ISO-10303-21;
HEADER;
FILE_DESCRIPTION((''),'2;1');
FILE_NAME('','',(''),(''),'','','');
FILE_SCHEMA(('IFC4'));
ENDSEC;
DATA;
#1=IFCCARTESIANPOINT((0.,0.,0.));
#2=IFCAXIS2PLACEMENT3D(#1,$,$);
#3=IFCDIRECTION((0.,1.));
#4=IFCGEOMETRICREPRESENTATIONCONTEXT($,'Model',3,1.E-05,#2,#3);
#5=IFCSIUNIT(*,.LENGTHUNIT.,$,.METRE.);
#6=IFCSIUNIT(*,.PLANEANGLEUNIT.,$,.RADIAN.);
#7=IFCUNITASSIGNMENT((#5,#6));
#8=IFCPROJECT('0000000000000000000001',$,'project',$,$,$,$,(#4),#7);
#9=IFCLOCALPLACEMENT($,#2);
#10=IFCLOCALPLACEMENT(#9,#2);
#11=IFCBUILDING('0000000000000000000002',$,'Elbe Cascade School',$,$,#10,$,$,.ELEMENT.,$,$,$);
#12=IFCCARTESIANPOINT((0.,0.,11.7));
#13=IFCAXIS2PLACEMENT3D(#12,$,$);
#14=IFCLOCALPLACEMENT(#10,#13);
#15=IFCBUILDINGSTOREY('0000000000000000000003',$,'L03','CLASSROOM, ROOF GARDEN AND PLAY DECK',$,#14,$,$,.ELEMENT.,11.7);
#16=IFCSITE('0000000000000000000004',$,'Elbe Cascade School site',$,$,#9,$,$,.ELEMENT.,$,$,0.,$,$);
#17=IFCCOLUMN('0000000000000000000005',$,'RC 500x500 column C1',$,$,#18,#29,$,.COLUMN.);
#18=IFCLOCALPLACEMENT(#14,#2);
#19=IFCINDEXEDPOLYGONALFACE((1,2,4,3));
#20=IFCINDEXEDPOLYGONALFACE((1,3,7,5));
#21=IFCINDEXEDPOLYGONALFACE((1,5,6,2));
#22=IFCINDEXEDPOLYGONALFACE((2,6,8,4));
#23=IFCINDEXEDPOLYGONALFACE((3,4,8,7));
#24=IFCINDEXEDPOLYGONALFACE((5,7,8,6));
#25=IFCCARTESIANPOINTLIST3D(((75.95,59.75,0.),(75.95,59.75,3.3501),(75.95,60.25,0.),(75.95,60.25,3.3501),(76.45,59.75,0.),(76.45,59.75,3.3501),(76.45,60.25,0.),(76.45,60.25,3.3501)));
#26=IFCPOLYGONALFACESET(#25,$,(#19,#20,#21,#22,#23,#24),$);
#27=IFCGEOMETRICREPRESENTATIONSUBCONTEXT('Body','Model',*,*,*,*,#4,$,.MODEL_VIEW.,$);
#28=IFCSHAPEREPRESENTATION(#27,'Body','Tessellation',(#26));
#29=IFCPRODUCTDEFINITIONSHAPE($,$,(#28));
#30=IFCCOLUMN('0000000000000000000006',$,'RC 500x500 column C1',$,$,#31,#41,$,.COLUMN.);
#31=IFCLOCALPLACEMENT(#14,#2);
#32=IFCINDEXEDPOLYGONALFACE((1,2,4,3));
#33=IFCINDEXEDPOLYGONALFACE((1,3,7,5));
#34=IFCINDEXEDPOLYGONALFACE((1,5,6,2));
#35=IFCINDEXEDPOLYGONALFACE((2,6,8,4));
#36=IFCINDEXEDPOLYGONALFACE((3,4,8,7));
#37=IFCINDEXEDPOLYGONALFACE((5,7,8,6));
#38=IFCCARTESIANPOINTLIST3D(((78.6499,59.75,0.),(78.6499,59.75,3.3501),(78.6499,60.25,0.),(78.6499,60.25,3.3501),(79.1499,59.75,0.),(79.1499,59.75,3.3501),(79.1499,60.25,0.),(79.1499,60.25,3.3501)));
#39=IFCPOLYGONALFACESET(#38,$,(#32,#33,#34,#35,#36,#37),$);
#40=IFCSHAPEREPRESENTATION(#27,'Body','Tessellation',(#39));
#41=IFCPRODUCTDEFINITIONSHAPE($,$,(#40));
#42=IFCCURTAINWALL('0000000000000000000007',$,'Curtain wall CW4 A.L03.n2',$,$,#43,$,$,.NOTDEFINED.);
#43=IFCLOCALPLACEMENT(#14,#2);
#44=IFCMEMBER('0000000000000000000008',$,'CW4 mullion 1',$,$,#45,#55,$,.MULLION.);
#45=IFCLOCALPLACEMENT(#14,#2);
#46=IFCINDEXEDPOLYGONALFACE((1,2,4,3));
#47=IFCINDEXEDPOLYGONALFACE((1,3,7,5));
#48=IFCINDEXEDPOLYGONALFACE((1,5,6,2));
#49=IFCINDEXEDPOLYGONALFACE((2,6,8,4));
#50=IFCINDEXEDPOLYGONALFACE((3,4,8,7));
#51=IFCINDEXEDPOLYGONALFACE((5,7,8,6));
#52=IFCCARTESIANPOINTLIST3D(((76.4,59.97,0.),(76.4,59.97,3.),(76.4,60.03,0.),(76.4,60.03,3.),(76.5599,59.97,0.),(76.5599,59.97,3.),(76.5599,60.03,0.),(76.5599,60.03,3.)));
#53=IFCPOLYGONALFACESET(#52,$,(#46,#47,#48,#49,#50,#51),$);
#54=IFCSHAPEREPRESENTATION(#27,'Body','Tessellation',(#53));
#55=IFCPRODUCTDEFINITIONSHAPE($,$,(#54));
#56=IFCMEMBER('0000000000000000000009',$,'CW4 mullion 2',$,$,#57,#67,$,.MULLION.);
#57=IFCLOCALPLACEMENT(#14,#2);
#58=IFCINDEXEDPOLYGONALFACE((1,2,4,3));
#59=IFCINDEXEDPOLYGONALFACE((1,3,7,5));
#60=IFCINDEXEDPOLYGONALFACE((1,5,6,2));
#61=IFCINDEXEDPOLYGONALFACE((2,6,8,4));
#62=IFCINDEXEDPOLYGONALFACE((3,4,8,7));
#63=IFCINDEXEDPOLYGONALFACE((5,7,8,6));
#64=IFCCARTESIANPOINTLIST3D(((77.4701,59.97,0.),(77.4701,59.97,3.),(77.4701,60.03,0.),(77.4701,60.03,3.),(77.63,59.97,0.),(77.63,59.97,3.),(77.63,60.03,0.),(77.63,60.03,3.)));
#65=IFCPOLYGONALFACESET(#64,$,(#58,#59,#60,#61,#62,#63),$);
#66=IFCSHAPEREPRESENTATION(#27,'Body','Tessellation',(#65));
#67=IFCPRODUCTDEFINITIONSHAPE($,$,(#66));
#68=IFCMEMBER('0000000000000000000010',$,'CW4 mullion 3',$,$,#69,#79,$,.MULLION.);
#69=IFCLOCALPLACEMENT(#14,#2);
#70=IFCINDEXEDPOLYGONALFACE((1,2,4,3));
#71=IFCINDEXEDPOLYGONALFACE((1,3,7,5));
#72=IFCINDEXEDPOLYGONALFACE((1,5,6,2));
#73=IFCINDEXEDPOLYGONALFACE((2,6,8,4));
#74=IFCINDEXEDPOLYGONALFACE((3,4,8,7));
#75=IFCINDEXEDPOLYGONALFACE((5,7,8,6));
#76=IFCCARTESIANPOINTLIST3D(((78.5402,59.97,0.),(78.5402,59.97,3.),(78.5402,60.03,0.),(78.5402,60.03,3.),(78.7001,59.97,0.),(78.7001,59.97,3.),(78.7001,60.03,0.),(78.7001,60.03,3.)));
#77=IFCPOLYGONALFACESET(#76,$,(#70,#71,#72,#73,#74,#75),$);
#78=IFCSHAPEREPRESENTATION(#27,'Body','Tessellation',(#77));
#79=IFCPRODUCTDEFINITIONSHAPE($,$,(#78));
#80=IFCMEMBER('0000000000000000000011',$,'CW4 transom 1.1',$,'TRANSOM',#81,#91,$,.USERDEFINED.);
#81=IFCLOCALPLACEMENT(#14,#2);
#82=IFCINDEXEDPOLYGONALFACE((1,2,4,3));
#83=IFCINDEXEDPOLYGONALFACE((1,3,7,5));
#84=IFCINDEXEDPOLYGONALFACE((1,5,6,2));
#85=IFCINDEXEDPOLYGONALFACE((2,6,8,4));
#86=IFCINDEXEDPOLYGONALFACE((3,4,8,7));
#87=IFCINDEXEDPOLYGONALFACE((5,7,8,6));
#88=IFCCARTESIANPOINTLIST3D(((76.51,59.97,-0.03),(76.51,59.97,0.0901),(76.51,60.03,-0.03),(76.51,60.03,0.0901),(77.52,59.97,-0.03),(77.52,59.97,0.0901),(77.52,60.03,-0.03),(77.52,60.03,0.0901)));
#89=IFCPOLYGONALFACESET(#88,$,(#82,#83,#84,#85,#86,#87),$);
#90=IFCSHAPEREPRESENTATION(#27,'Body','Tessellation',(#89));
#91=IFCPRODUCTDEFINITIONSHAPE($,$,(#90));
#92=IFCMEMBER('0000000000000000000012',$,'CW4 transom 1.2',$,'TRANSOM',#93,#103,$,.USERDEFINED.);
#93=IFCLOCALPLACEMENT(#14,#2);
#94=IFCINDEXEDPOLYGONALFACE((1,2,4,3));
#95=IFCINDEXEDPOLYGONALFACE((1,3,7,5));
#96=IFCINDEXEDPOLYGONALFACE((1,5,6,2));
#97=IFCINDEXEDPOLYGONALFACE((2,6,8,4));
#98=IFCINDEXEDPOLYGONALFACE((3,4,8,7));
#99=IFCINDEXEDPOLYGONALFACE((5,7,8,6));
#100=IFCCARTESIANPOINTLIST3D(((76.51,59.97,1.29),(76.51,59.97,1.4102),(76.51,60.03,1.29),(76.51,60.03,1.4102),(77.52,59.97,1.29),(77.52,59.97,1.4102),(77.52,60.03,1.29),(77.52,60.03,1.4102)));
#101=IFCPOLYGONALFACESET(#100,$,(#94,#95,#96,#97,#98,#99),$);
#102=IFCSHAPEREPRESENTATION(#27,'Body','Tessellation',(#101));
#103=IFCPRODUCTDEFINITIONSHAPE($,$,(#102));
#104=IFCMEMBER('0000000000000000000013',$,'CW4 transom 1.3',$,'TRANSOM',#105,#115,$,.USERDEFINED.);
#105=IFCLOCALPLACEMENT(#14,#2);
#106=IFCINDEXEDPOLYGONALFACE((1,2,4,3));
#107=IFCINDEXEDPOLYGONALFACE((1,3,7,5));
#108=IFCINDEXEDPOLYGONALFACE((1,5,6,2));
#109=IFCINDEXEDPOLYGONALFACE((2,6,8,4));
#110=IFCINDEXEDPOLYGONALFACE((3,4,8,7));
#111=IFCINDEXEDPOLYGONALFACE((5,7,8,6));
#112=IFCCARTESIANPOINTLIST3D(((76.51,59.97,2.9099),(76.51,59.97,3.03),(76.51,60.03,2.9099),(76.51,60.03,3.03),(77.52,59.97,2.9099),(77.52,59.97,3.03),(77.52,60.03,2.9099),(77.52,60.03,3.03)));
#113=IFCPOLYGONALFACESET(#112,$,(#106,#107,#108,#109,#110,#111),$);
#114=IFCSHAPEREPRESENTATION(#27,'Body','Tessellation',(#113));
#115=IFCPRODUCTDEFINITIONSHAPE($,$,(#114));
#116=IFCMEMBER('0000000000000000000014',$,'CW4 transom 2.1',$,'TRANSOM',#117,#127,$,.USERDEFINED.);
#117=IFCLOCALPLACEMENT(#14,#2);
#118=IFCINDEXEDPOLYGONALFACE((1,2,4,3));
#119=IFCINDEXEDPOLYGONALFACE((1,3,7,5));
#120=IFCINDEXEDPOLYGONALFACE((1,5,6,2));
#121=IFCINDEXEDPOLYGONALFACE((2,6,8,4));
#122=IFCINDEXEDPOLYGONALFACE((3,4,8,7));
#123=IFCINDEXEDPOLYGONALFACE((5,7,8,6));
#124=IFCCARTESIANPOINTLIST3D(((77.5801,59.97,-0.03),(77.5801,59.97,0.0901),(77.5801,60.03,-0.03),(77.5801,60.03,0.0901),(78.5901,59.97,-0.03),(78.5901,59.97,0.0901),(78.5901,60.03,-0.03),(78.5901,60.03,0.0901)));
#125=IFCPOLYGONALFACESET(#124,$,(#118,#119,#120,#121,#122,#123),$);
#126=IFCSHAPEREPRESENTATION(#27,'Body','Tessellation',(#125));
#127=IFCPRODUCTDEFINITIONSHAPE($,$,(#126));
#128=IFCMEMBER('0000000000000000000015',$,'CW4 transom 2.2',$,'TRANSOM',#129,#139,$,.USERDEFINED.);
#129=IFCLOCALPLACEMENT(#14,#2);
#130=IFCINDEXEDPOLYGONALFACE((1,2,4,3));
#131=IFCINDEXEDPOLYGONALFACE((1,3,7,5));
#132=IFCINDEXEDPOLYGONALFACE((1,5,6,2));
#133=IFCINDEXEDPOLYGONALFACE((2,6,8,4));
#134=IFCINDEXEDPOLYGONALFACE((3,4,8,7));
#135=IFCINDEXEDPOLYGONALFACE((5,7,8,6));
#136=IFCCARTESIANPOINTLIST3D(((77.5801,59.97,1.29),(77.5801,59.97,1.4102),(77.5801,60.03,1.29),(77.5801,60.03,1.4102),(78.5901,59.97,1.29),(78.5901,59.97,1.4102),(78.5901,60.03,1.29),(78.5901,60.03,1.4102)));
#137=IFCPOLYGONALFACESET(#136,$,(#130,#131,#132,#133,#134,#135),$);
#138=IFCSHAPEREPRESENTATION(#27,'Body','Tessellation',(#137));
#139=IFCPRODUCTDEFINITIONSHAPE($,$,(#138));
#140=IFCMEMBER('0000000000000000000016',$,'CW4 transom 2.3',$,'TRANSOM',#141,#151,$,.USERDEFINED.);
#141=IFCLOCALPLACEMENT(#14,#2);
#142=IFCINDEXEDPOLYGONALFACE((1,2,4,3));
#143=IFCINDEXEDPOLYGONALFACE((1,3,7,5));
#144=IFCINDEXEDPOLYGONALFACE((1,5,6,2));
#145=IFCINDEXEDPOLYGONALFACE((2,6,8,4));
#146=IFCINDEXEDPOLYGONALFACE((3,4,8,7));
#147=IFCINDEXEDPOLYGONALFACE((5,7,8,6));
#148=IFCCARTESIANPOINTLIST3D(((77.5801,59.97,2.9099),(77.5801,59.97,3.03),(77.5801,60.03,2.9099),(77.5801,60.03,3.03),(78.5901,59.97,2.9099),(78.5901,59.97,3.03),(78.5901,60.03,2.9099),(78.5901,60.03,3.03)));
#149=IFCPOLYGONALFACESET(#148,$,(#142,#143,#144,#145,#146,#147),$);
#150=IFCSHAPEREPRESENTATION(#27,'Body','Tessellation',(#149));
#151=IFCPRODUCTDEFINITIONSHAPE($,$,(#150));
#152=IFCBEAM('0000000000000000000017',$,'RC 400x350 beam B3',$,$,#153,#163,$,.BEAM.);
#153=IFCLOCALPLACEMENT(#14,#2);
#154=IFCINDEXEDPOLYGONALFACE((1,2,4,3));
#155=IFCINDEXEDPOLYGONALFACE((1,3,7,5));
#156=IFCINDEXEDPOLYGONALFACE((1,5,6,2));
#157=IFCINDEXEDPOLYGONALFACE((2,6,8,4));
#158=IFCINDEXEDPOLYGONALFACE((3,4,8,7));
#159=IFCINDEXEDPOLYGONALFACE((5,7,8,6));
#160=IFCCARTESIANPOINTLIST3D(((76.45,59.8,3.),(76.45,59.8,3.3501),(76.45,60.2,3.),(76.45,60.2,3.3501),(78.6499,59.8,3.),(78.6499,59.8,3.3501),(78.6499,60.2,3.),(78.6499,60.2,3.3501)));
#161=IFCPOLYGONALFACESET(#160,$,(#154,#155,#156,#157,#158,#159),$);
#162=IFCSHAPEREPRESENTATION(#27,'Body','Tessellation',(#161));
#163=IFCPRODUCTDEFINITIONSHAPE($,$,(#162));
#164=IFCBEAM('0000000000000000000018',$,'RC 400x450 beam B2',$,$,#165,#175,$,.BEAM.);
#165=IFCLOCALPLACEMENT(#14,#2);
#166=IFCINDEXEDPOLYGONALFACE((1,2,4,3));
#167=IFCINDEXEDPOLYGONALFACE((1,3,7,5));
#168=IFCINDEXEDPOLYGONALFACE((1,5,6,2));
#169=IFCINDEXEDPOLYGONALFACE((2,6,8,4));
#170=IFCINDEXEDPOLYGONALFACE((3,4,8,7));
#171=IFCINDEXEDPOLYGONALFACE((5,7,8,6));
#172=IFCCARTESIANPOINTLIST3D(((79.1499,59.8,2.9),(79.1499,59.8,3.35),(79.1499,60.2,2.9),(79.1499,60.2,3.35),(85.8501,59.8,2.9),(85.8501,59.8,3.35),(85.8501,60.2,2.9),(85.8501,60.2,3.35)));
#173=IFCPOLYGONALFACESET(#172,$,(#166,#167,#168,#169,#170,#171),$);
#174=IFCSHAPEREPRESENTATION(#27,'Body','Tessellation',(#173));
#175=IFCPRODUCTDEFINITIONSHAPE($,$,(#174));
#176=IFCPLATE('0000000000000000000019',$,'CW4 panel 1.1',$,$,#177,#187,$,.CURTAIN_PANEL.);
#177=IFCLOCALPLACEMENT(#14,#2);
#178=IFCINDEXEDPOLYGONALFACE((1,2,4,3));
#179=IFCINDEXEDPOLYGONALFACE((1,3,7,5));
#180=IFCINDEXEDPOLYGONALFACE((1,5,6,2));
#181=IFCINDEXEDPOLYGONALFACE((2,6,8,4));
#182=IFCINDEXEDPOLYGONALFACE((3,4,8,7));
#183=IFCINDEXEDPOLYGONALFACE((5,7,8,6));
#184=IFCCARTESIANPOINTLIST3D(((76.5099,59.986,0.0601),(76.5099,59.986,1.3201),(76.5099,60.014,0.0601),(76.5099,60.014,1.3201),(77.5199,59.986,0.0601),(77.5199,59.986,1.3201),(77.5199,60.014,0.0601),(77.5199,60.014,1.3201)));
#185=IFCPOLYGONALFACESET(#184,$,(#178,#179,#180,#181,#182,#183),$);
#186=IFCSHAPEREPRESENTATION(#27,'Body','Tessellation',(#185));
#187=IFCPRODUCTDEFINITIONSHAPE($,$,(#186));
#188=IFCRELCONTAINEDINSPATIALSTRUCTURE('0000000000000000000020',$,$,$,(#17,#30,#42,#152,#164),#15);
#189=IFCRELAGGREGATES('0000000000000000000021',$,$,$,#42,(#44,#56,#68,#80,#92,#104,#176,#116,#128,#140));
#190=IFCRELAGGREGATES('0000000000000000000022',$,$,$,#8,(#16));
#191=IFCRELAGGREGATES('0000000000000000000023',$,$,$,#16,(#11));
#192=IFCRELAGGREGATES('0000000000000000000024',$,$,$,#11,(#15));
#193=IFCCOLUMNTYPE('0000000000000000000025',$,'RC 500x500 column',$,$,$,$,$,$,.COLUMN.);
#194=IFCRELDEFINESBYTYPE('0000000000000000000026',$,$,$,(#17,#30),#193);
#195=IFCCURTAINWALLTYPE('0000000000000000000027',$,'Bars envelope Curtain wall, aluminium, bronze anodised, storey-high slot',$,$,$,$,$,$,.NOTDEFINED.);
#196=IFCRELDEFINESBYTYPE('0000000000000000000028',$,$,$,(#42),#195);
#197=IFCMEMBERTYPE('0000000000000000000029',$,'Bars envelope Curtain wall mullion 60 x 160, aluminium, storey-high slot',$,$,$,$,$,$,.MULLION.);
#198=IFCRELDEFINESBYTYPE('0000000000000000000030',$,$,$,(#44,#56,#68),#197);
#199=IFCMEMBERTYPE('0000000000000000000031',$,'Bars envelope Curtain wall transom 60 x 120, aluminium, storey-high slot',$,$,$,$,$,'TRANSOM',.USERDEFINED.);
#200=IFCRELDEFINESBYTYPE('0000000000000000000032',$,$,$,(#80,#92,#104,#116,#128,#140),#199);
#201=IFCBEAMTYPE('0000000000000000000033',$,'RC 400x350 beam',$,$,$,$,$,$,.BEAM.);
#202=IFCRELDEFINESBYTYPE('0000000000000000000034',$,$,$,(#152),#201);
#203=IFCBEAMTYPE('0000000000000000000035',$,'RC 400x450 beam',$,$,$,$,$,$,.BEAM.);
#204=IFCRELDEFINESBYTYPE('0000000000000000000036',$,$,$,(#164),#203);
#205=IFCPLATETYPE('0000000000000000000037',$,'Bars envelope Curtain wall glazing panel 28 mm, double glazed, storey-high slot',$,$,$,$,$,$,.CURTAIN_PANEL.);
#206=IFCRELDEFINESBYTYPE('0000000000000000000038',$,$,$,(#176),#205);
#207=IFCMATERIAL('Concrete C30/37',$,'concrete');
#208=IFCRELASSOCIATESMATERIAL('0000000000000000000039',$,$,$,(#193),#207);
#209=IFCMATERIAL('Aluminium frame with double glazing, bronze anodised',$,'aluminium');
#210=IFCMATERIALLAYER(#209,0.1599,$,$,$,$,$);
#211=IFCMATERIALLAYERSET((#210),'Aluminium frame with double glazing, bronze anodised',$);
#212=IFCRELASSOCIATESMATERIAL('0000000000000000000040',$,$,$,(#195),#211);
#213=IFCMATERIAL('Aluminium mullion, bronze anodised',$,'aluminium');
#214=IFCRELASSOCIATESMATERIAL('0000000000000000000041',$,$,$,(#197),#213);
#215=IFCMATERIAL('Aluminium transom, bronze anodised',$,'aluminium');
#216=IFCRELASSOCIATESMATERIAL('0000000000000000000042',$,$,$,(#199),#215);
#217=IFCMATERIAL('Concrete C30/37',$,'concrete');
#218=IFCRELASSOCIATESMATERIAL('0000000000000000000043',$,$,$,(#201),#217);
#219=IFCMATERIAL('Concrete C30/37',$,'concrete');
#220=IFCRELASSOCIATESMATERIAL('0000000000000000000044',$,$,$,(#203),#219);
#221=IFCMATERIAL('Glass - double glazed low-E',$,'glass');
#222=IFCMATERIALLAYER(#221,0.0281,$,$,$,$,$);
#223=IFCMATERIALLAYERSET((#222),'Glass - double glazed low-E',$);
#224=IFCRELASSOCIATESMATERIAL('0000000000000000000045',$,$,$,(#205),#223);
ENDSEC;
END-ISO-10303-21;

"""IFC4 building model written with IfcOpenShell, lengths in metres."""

from ifc_helpers import new_model, si_unit, direction, frame, origin, origin_2d, place, context, subcontext, project, spatial, rectangle, extrude, material, layer, layer_set, material_profile, profile_set, type_object, element, aggregate, save


model = new_model("IFC4")

# Units and contexts
model_context = context("Model", 3, precision=1e-05, world=origin(), true_north=direction((0.0, 1.0)))
body_context = subcontext(model_context, "Body", "Model", "MODEL_VIEW")
ifc_project = project(units=[si_unit("LENGTHUNIT", "METRE"), si_unit("PLANEANGLEUNIT", "RADIAN")], contexts=[model_context])

# Site, building, storey
site_placement = place(None, origin())
site = spatial("IfcSite", under=ifc_project, at=site_placement, Name="Elbe Cascade School site", CompositionType="ELEMENT", RefElevation=0.0)
building_placement = place(site_placement, origin())
building = spatial("IfcBuilding", under=site, at=building_placement, Name="Elbe Cascade School", CompositionType="ELEMENT")
storey_placement = place(building_placement, frame((0.0, 0.0, 11.7)))
storey = spatial("IfcBuildingStorey", under=building, at=storey_placement, Name="L03", Description="CLASSROOM, ROOF GARDEN AND PLAY DECK", CompositionType="ELEMENT", Elevation=11.7)

# Columns
ifc_material_1 = material(Name="Concrete C30/37", Category="concrete")
ifc_material_profile_1 = material_profile(ifc_material_1, rectangle(XDim=0.5, YDim=0.5, at=origin_2d()), Name="RC 500x500")
ifc_profile_set_1 = profile_set([ifc_material_profile_1], Name="Concrete C30/37")
column_type = type_object("IfcColumnType", Name="RC 500x500 column", PredefinedType="COLUMN", material=ifc_profile_set_1)
for number, where, z_axis, x_axis, name in (
    (1, (76.2, 60.0, 0.0), (0.0, 0.0, 1.0), (1.0, 0.0, 0.0), "RC 500x500 column C1"),
    (2, (78.8999, 60.0, 0.0), (0.0, 0.0, 1.0), (1.0, 0.0, 0.0), "RC 500x500 column C1"),
):
    element("IfcColumn", number, at=place(storey_placement, frame(where, z_axis=z_axis, x_axis=x_axis)), inside=storey, type_object=column_type, Name=name, PredefinedType="COLUMN", context=body_context, shape_type="SweptSolid", body=[
        extrude(rectangle(XDim=0.5, YDim=0.5, at=origin_2d()), origin(), (0.0, 0.0, 1.0), 3.3501),
    ])

# Curtain wall, members
ifc_material_2 = material(Name="Aluminium frame with double glazing, bronze anodised", Category="aluminium")
ifc_layer_1 = layer(ifc_material_2, 0.1599)
ifc_layer_set_1 = layer_set([ifc_layer_1], Name="Aluminium frame with double glazing, bronze anodised")
curtain_wall_type = type_object("IfcCurtainWallType", Name="Bars envelope Curtain wall, aluminium, bronze anodised, storey-high slot", PredefinedType="NOTDEFINED", material=ifc_layer_set_1)
curtain_wall_placement = place(storey_placement, origin())
curtain_wall = element("IfcCurtainWall", 3, at=curtain_wall_placement, inside=storey, type_object=curtain_wall_type, Name="Curtain wall CW4 A.L03.n2", PredefinedType="NOTDEFINED")
ifc_material_3 = material(Name="Aluminium mullion, bronze anodised", Category="aluminium")
ifc_material_profile_2 = material_profile(ifc_material_3, rectangle(XDim=0.0601, YDim=0.1599, at=origin_2d()), Name="Bars envelope Curtain wall mullion 60 x 160, aluminium, storey-high slot")
ifc_profile_set_2 = profile_set([ifc_material_profile_2], Name="Aluminium mullion, bronze anodised")
member_type_1 = type_object("IfcMemberType", Name="Bars envelope Curtain wall mullion 60 x 160, aluminium, storey-high slot", PredefinedType="MULLION", material=ifc_profile_set_2)
member_1_placement = place(storey_placement, frame((76.48, 60.0, 0.0), z_axis=(0.0, 0.0, 1.0), x_axis=(0.0, 1.0, 0.0)))
member_1 = element("IfcMember", 4, at=member_1_placement, type_object=member_type_1, Name="CW4 mullion 1", PredefinedType="MULLION", context=body_context, shape_type="SweptSolid", body=[
    extrude(rectangle(XDim=0.0601, YDim=0.1599, at=origin_2d()), origin(), (0.0, 0.0, 1.0), 3.0),
])
member_2_placement = place(storey_placement, frame((77.55, 60.0, 0.0), z_axis=(0.0, 0.0, 1.0), x_axis=(0.0, 1.0, 0.0)))
member_2 = element("IfcMember", 5, at=member_2_placement, type_object=member_type_1, Name="CW4 mullion 2", PredefinedType="MULLION", context=body_context, shape_type="SweptSolid", body=[
    extrude(rectangle(XDim=0.0601, YDim=0.1599, at=origin_2d()), origin(), (0.0, 0.0, 1.0), 3.0),
])
member_3_placement = place(storey_placement, frame((78.6201, 60.0, 0.0), z_axis=(0.0, 0.0, 1.0), x_axis=(0.0, 1.0, 0.0)))
member_3 = element("IfcMember", 6, at=member_3_placement, type_object=member_type_1, Name="CW4 mullion 3", PredefinedType="MULLION", context=body_context, shape_type="SweptSolid", body=[
    extrude(rectangle(XDim=0.0601, YDim=0.1599, at=origin_2d()), origin(), (0.0, 0.0, 1.0), 3.0),
])
ifc_material_4 = material(Name="Aluminium transom, bronze anodised", Category="aluminium")
ifc_material_profile_3 = material_profile(ifc_material_4, rectangle(XDim=0.0601, YDim=0.1201, at=origin_2d()), Name="Bars envelope Curtain wall transom 60 x 120, aluminium, storey-high slot")
ifc_profile_set_3 = profile_set([ifc_material_profile_3], Name="Aluminium transom, bronze anodised")
member_type_2 = type_object("IfcMemberType", Name="Bars envelope Curtain wall transom 60 x 120, aluminium, storey-high slot", ElementType="TRANSOM", PredefinedType="USERDEFINED", material=ifc_profile_set_3)
member_4_placement = place(storey_placement, frame((76.51, 60.0, 0.03), z_axis=(1.0, 0.0, 0.0), x_axis=(0.0, 1.0, 0.0)))
member_4 = element("IfcMember", 7, at=member_4_placement, type_object=member_type_2, Name="CW4 transom 1.1", ObjectType="TRANSOM", PredefinedType="USERDEFINED", context=body_context, shape_type="SweptSolid", body=[
    extrude(rectangle(XDim=0.0601, YDim=0.1201, at=origin_2d()), origin(), (0.0, 0.0, 1.0), 1.01),
])
member_5_placement = place(storey_placement, frame((76.51, 60.0, 1.3501), z_axis=(1.0, 0.0, 0.0), x_axis=(0.0, 1.0, 0.0)))
member_5 = element("IfcMember", 8, at=member_5_placement, type_object=member_type_2, Name="CW4 transom 1.2", ObjectType="TRANSOM", PredefinedType="USERDEFINED", context=body_context, shape_type="SweptSolid", body=[
    extrude(rectangle(XDim=0.0601, YDim=0.1201, at=origin_2d()), origin(), (0.0, 0.0, 1.0), 1.01),
])
member_6_placement = place(storey_placement, frame((76.51, 60.0, 2.97), z_axis=(1.0, 0.0, 0.0), x_axis=(0.0, 1.0, 0.0)))
member_6 = element("IfcMember", 9, at=member_6_placement, type_object=member_type_2, Name="CW4 transom 1.3", ObjectType="TRANSOM", PredefinedType="USERDEFINED", context=body_context, shape_type="SweptSolid", body=[
    extrude(rectangle(XDim=0.0601, YDim=0.1201, at=origin_2d()), origin(), (0.0, 0.0, 1.0), 1.01),
])
member_7_placement = place(storey_placement, frame((77.5801, 60.0, 0.03), z_axis=(1.0, 0.0, 0.0), x_axis=(0.0, 1.0, 0.0)))
member_7 = element("IfcMember", 10, at=member_7_placement, type_object=member_type_2, Name="CW4 transom 2.1", ObjectType="TRANSOM", PredefinedType="USERDEFINED", context=body_context, shape_type="SweptSolid", body=[
    extrude(rectangle(XDim=0.0601, YDim=0.1201, at=origin_2d()), origin(), (0.0, 0.0, 1.0), 1.01),
])
member_8_placement = place(storey_placement, frame((77.5801, 60.0, 1.3501), z_axis=(1.0, 0.0, 0.0), x_axis=(0.0, 1.0, 0.0)))
member_8 = element("IfcMember", 11, at=member_8_placement, type_object=member_type_2, Name="CW4 transom 2.2", ObjectType="TRANSOM", PredefinedType="USERDEFINED", context=body_context, shape_type="SweptSolid", body=[
    extrude(rectangle(XDim=0.0601, YDim=0.1201, at=origin_2d()), origin(), (0.0, 0.0, 1.0), 1.01),
])
member_9_placement = place(storey_placement, frame((77.5801, 60.0, 2.97), z_axis=(1.0, 0.0, 0.0), x_axis=(0.0, 1.0, 0.0)))
member_9 = element("IfcMember", 12, at=member_9_placement, type_object=member_type_2, Name="CW4 transom 2.3", ObjectType="TRANSOM", PredefinedType="USERDEFINED", context=body_context, shape_type="SweptSolid", body=[
    extrude(rectangle(XDim=0.0601, YDim=0.1201, at=origin_2d()), origin(), (0.0, 0.0, 1.0), 1.01),
])

# Beams
ifc_material_5 = material(Name="Concrete C30/37", Category="concrete")
ifc_material_profile_4 = material_profile(ifc_material_5, rectangle(XDim=0.3999, YDim=0.3501, at=origin_2d()), Name="RC 400x350")
ifc_profile_set_4 = profile_set([ifc_material_profile_4], Name="Concrete C30/37")
beam_type_1 = type_object("IfcBeamType", Name="RC 400x350 beam", PredefinedType="BEAM", material=ifc_profile_set_4)
beam_1_placement = place(storey_placement, frame((76.45, 60.0, 3.175), z_axis=(1.0, 0.0, 0.0), x_axis=(0.0, 1.0, 0.0)))
element("IfcBeam", 13, at=beam_1_placement, inside=storey, type_object=beam_type_1, Name="RC 400x350 beam B3", PredefinedType="BEAM", context=body_context, shape_type="SweptSolid", body=[
    extrude(rectangle(XDim=0.3999, YDim=0.3501, at=origin_2d()), origin(), (0.0, 0.0, 1.0), 2.2),
])
ifc_material_6 = material(Name="Concrete C30/37", Category="concrete")
ifc_material_profile_5 = material_profile(ifc_material_6, rectangle(XDim=0.3999, YDim=0.45, at=origin_2d()), Name="RC 400x450")
ifc_profile_set_5 = profile_set([ifc_material_profile_5], Name="Concrete C30/37")
beam_type_2 = type_object("IfcBeamType", Name="RC 400x450 beam", PredefinedType="BEAM", material=ifc_profile_set_5)
beam_2_placement = place(storey_placement, frame((79.1499, 60.0, 3.125), z_axis=(1.0, 0.0, 0.0), x_axis=(0.0, 1.0, 0.0)))
element("IfcBeam", 14, at=beam_2_placement, inside=storey, type_object=beam_type_2, Name="RC 400x450 beam B2", PredefinedType="BEAM", context=body_context, shape_type="SweptSolid", body=[
    extrude(rectangle(XDim=0.3999, YDim=0.45, at=origin_2d()), origin(), (0.0, 0.0, 1.0), 6.7002),
])

# Plate
ifc_material_7 = material(Name="Glass - double glazed low-E", Category="glass")
ifc_layer_2 = layer(ifc_material_7, 0.0281)
ifc_layer_set_2 = layer_set([ifc_layer_2], Name="Glass - double glazed low-E")
plate_type = type_object("IfcPlateType", Name="Bars envelope Curtain wall glazing panel 28 mm, double glazed, storey-high slot", PredefinedType="CURTAIN_PANEL", material=ifc_layer_set_2)
plate_1_placement = place(storey_placement, frame((77.0149, 60.0, 0.0601), z_axis=(0.0, 0.0, 1.0), x_axis=(1.0, 0.0, 0.0)))
plate_1 = element("IfcPlate", 15, at=plate_1_placement, type_object=plate_type, Name="CW4 panel 1.1", PredefinedType="CURTAIN_PANEL", context=body_context, shape_type="SweptSolid", body=[
    extrude(rectangle(XDim=1.01, YDim=0.0281, at=origin_2d()), origin(), (0.0, 0.0, 1.0), 1.26),
])
aggregate(curtain_wall, [member_1, member_2, member_3, member_4, member_5, member_6, plate_1, member_7, member_8, member_9])

save(model, "model.ifc")
